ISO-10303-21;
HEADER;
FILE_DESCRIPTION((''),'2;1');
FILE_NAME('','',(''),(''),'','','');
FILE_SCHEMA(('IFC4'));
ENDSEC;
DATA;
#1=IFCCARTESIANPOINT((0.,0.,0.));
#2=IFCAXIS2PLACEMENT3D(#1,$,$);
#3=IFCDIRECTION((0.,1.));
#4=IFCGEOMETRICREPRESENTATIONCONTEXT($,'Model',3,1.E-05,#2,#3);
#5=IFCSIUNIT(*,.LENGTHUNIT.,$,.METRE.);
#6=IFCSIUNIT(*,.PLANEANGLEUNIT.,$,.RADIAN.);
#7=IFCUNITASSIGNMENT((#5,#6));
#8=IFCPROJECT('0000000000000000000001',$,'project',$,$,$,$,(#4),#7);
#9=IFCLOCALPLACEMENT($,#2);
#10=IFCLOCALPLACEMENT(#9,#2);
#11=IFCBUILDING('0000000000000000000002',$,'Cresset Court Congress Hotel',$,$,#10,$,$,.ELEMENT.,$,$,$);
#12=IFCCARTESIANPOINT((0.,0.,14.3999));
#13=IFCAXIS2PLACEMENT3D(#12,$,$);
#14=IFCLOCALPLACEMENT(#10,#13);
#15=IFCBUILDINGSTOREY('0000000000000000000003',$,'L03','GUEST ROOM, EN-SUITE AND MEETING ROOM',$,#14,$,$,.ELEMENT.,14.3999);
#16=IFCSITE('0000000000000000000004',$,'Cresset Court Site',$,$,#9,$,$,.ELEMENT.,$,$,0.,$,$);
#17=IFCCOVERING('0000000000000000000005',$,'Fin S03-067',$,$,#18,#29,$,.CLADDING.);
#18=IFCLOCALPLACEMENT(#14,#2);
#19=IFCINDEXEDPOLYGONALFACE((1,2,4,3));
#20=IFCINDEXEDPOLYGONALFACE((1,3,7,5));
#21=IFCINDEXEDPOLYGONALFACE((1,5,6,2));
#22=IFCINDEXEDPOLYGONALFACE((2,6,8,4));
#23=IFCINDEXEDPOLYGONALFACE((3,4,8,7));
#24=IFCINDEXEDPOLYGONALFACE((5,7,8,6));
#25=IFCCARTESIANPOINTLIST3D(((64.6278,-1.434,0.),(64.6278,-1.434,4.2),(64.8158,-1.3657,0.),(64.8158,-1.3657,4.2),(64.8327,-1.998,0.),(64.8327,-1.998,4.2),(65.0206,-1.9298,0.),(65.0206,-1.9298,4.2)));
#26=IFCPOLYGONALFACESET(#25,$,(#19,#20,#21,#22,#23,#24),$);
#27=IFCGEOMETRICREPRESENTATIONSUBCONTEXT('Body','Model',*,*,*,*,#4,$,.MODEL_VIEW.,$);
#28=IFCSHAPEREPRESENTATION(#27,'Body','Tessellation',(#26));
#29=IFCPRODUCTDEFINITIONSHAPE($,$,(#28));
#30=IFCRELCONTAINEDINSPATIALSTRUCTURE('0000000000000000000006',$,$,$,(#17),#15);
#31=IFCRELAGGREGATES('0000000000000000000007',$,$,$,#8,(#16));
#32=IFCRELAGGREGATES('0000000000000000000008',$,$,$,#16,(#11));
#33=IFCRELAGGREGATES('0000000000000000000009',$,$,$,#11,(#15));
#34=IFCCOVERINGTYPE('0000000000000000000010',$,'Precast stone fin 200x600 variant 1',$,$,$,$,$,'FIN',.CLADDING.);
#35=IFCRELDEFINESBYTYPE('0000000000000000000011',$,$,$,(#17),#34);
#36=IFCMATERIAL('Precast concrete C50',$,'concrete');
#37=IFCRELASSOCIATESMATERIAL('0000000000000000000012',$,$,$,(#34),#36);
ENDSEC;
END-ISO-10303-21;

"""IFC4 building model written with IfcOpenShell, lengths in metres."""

from ifc_helpers import new_model, si_unit, direction, frame, origin, origin_2d, place, context, subcontext, project, spatial, rectangle, extrude, material, type_object, element, save


model = new_model("IFC4")

# Units and contexts
model_context = context("Model", 3, precision=1e-05, world=origin(), true_north=direction((0.0, 1.0)))
body_context = subcontext(model_context, "Body", "Model", "MODEL_VIEW")
ifc_project = project(units=[si_unit("LENGTHUNIT", "METRE"), si_unit("PLANEANGLEUNIT", "RADIAN")], contexts=[model_context])

# Site, building, storey
site_placement = place(None, origin())
site = spatial("IfcSite", under=ifc_project, at=site_placement, Name="Cresset Court Site", CompositionType="ELEMENT", RefElevation=0.0)
building_placement = place(site_placement, origin())
building = spatial("IfcBuilding", under=site, at=building_placement, Name="Cresset Court Congress Hotel", CompositionType="ELEMENT")
storey_placement = place(building_placement, frame((0.0, 0.0, 14.3999)))
storey = spatial("IfcBuildingStorey", under=building, at=storey_placement, Name="L03", Description="GUEST ROOM, EN-SUITE AND MEETING ROOM", CompositionType="ELEMENT", Elevation=14.3999)

# Covering
ifc_material_1 = material(Name="Precast concrete C50", Category="concrete")
covering_type = type_object("IfcCoveringType", Name="Precast stone fin 200x600 variant 1", ElementType="FIN", PredefinedType="CLADDING", material=ifc_material_1)
for number, where, z_axis, x_axis, name in (
    (1, (64.8242, -1.6819, 0.0), (0.0, 0.0, 1.0), (0.939957, 0.341293, 0.0), "Fin S03-067"),
):
    element("IfcCovering", number, at=place(storey_placement, frame(where, z_axis=z_axis, x_axis=x_axis)), inside=storey, type_object=covering_type, Name=name, PredefinedType="CLADDING", context=body_context, shape_type="SweptSolid", body=[
        extrude(rectangle(XDim=0.2, YDim=0.6001, at=origin_2d()), origin(), (0.0, 0.0, 1.0), 4.2),
    ])

save(model, "model.ifc")
